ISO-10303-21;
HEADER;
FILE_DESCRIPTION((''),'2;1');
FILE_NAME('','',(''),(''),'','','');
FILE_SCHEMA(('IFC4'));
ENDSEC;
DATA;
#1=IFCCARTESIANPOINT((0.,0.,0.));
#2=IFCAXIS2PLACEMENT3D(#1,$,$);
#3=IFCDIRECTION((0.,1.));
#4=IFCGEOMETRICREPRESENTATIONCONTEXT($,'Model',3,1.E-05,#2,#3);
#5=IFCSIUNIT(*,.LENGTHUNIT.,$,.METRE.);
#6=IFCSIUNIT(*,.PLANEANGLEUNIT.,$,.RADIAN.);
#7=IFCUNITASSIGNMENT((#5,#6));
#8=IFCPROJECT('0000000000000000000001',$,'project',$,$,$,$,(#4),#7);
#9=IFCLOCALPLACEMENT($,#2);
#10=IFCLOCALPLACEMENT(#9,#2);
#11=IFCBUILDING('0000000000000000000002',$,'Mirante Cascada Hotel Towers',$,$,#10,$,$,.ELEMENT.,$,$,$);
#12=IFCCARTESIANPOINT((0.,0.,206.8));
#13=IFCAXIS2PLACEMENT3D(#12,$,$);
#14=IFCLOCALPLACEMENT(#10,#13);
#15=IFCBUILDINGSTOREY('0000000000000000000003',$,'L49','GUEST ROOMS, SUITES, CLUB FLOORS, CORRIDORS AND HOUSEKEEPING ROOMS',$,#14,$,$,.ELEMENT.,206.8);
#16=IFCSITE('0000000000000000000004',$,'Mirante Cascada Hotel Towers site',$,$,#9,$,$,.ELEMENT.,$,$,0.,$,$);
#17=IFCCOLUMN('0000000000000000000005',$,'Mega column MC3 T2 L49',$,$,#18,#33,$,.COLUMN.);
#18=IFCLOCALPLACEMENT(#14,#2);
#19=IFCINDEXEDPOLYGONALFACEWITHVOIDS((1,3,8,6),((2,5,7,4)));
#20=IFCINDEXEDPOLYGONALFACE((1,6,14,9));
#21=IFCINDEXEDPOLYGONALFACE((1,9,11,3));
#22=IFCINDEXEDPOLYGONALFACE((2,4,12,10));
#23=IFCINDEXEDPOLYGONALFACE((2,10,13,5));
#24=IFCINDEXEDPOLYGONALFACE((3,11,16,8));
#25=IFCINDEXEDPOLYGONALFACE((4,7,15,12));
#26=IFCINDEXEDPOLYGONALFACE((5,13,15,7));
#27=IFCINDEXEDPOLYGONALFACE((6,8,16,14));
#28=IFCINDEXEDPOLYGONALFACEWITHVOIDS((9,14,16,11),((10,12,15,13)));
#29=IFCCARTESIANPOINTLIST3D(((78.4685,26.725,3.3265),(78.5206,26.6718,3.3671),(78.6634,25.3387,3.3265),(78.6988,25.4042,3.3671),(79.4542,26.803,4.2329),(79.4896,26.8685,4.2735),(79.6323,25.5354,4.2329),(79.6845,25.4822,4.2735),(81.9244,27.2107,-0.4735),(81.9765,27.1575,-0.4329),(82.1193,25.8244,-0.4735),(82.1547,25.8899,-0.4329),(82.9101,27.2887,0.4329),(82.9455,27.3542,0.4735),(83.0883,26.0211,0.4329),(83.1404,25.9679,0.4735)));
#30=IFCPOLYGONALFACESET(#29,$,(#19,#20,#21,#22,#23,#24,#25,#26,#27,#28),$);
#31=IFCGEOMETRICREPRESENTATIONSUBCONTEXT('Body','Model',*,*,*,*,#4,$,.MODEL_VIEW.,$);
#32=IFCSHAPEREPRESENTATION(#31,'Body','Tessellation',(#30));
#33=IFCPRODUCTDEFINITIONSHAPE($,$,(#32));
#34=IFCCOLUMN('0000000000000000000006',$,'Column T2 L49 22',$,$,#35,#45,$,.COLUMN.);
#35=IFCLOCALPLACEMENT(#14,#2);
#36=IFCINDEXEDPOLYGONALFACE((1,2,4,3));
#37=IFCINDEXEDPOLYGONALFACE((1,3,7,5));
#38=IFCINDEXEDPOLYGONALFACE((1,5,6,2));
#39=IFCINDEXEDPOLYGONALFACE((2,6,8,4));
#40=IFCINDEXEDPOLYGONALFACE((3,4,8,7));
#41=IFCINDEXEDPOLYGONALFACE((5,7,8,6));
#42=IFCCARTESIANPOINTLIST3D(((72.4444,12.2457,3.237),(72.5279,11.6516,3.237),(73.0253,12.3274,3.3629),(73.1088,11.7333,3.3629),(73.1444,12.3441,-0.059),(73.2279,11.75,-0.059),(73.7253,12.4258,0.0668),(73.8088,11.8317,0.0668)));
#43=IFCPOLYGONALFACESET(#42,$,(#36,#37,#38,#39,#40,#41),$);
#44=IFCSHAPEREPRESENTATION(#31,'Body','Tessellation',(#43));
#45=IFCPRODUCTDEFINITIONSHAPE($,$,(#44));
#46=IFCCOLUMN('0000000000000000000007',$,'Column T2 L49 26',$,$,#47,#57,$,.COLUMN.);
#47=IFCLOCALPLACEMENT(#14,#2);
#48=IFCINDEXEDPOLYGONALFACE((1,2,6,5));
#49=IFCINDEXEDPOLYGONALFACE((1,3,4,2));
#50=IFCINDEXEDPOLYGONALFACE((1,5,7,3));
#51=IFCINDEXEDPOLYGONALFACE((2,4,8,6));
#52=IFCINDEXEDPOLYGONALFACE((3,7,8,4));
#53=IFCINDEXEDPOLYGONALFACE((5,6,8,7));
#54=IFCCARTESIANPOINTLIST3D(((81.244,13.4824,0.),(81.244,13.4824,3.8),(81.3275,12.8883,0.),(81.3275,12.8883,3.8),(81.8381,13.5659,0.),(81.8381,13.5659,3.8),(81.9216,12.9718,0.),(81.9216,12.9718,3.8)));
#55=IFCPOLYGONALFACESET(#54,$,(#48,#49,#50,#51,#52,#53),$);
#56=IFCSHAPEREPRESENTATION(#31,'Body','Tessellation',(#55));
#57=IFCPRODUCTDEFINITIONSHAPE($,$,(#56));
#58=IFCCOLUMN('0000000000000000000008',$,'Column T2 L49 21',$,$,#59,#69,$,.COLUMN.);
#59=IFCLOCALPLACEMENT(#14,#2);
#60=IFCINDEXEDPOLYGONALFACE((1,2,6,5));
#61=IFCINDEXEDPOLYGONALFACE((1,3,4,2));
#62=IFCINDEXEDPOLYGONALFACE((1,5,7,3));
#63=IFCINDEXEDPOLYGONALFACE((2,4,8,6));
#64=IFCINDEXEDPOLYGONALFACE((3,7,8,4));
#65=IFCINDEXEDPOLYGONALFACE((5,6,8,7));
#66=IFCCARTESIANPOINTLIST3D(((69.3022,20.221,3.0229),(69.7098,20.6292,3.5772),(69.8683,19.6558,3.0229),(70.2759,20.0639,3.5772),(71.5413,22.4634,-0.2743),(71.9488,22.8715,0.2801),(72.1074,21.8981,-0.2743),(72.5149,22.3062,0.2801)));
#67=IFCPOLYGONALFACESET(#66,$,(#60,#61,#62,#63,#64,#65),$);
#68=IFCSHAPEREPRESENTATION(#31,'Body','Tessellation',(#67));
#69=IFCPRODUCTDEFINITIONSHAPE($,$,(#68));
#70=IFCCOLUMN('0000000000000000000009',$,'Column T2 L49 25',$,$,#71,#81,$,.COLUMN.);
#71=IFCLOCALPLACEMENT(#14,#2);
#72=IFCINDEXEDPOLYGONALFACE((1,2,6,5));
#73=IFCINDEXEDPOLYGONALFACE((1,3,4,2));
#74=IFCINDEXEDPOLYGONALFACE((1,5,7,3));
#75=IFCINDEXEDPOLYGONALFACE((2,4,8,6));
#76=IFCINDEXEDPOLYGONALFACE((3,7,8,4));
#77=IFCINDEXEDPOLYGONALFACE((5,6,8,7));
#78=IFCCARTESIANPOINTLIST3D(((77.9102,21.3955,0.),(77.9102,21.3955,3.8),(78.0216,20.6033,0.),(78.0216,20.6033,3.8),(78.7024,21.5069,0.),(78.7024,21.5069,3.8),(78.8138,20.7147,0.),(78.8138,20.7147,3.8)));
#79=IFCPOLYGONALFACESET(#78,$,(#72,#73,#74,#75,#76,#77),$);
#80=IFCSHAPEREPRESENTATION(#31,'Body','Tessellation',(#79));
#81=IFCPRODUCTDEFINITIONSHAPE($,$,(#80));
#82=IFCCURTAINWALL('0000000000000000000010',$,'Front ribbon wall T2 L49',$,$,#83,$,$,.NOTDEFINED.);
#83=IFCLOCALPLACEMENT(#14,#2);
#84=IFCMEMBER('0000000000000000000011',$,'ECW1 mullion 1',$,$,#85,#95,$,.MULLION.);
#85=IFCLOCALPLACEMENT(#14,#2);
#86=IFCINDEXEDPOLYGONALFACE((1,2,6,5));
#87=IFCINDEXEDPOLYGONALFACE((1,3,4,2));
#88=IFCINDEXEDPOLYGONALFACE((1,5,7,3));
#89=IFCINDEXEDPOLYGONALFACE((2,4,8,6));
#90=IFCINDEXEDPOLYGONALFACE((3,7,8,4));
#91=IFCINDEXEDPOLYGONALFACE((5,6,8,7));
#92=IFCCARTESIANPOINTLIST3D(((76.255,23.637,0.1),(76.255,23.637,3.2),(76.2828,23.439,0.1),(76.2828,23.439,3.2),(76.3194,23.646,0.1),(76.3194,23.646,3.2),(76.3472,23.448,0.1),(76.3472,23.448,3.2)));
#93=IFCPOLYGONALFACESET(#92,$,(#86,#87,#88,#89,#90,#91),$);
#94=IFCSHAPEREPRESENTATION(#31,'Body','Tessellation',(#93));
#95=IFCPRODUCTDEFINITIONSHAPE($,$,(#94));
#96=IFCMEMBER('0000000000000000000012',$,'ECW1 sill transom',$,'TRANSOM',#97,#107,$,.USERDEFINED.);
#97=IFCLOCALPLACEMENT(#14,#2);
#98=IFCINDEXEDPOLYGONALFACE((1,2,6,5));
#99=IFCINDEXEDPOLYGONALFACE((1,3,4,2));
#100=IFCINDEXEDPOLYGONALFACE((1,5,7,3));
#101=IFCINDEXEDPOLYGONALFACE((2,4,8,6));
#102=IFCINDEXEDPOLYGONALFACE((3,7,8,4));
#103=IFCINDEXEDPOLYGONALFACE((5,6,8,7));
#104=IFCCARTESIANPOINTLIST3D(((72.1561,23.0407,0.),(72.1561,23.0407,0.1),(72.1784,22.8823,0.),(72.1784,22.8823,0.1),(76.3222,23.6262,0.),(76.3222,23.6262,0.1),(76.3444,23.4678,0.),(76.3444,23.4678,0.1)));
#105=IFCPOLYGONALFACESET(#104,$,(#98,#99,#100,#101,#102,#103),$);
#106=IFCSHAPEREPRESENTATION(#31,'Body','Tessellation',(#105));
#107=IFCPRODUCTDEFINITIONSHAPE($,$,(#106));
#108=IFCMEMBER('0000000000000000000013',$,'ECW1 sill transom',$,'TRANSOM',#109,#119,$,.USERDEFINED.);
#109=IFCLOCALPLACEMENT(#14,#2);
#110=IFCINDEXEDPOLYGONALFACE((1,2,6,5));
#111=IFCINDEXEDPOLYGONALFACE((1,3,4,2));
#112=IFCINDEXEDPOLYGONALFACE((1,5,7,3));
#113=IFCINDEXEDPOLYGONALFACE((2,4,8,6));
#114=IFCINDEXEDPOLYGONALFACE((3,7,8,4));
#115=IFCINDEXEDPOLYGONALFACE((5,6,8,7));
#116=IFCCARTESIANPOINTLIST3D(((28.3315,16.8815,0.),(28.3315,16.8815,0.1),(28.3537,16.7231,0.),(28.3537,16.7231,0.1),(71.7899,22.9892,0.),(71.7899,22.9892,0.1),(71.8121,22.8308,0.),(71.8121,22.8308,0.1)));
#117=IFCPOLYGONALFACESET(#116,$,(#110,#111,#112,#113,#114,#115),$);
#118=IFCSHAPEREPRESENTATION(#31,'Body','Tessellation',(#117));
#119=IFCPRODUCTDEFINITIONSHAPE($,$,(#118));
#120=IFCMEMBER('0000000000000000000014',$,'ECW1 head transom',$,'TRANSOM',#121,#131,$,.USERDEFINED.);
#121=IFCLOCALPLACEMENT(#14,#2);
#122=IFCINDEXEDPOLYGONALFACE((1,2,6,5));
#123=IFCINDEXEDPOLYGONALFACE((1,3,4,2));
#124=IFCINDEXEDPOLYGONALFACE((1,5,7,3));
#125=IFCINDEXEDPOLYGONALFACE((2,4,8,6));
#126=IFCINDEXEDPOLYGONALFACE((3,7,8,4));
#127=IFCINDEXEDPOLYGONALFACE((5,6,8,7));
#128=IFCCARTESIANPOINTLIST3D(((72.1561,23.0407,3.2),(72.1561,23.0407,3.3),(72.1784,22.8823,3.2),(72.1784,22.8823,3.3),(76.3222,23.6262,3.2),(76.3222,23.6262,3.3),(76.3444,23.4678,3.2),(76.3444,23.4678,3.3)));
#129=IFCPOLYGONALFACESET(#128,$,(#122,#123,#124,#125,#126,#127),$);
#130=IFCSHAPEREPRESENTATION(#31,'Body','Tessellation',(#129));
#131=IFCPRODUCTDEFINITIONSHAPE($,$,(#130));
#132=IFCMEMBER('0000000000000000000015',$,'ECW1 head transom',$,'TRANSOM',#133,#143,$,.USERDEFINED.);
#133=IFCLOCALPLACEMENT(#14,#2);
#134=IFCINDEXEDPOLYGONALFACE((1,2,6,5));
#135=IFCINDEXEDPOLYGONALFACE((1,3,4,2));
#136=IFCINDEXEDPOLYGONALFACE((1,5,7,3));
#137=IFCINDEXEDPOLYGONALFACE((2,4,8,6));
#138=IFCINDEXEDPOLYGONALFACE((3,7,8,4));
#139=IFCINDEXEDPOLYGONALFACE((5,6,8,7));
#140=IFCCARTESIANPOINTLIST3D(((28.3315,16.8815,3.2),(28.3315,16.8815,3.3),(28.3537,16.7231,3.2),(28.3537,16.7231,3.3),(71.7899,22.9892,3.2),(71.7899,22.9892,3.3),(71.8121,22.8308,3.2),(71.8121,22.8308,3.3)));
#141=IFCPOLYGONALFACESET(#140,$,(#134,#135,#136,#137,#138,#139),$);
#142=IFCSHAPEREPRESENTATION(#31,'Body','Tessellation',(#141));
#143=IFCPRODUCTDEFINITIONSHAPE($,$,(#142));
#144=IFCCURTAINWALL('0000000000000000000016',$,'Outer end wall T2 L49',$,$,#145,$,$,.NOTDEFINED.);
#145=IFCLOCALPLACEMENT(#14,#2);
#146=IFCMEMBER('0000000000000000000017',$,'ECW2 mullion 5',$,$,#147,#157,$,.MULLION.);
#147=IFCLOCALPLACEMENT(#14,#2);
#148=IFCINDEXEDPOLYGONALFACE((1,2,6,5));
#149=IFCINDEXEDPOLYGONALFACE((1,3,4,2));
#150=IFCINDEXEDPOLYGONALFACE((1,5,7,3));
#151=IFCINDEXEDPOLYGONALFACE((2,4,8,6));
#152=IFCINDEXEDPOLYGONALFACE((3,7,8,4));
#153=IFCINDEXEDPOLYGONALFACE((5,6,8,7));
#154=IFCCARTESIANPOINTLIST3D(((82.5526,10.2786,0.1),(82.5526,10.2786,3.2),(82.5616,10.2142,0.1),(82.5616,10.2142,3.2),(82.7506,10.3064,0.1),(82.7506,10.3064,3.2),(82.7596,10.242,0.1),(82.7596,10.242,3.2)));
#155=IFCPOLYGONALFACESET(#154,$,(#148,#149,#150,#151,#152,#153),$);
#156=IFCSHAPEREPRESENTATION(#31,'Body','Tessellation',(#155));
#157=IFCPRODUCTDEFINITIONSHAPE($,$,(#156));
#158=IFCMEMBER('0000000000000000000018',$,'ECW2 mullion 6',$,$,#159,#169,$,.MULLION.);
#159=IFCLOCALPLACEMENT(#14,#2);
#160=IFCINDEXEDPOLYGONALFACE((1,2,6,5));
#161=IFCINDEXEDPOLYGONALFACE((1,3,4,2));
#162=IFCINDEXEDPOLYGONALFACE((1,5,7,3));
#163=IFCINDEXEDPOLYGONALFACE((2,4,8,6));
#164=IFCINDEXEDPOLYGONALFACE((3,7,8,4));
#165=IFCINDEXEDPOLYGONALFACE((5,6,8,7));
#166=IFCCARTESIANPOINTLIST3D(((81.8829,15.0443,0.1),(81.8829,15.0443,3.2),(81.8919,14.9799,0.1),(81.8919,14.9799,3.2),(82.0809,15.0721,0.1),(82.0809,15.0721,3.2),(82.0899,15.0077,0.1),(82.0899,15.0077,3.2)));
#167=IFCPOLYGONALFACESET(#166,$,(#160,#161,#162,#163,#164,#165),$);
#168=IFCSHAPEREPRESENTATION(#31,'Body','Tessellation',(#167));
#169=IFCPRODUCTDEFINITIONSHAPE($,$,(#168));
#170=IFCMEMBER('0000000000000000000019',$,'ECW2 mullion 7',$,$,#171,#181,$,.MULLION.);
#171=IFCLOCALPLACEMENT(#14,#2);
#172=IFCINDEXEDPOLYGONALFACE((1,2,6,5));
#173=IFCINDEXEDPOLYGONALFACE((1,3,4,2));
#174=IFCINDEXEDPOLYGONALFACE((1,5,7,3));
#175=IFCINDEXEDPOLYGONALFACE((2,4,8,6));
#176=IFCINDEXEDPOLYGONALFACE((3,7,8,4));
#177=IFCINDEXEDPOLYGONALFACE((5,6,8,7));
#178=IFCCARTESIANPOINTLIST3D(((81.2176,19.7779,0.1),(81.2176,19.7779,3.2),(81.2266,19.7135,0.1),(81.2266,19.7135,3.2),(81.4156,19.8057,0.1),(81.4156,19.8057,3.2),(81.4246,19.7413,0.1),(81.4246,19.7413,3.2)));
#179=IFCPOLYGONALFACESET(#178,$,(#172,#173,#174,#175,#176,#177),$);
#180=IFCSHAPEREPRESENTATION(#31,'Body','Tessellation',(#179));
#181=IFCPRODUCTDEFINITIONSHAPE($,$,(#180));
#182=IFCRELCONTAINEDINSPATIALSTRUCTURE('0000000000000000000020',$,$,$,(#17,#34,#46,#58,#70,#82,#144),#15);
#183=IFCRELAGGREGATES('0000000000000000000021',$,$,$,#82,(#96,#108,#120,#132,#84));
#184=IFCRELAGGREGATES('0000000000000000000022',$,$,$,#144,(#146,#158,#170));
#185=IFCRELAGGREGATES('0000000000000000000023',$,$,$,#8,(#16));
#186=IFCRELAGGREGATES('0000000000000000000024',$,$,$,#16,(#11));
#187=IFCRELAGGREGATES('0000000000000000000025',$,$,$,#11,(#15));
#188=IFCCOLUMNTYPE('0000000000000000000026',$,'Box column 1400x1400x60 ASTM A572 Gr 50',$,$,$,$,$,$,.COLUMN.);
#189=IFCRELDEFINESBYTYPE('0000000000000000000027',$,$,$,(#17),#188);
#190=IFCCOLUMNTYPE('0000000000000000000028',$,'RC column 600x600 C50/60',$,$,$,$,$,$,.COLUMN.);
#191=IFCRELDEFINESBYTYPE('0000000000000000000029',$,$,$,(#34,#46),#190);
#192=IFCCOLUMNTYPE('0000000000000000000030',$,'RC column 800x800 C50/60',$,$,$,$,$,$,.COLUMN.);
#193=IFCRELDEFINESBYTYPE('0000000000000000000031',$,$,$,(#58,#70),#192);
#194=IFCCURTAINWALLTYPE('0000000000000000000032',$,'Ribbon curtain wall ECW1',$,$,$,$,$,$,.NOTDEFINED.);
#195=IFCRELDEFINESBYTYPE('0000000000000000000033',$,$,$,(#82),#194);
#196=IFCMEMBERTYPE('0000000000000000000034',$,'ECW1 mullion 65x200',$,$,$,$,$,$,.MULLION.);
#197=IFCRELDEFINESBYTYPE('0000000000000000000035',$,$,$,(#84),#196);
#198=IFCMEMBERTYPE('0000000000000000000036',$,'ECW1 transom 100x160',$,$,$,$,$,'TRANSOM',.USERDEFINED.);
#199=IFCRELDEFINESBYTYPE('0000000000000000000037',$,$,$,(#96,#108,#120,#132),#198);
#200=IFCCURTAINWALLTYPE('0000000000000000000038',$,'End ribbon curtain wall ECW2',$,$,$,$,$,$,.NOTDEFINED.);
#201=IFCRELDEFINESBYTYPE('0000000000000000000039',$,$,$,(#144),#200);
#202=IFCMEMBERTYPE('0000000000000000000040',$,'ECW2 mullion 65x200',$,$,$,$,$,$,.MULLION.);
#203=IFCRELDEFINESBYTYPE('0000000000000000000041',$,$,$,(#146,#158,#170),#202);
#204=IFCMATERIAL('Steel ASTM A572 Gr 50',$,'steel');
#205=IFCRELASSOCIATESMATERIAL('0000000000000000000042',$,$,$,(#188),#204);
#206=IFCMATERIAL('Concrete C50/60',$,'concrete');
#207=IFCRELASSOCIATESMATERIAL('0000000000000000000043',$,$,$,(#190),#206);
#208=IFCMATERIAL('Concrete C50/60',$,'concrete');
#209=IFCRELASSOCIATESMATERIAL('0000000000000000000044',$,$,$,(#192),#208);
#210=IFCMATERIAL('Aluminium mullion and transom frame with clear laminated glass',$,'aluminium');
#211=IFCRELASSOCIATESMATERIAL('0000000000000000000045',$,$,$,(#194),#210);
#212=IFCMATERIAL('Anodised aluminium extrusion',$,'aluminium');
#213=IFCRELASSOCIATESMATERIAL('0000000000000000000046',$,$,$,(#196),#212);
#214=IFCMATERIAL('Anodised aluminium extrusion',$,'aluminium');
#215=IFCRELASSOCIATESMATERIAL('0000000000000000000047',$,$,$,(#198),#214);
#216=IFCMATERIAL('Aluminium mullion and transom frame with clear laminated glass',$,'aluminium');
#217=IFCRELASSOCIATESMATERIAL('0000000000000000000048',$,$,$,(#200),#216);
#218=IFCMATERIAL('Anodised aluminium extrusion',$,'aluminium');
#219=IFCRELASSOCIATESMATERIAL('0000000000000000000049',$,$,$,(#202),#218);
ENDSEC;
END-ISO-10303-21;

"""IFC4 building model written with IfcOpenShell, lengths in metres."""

from ifc_helpers import new_model, si_unit, direction, frame, origin, origin_2d, place, context, subcontext, project, spatial, rectangle, hollow_rectangle, extrude, material, material_profile, profile_set, type_object, element, aggregate, save


model = new_model("IFC4")

# Units and contexts
model_context = context("Model", 3, precision=1e-05, world=origin(), true_north=direction((0.0, 1.0)))
body_context = subcontext(model_context, "Body", "Model", "MODEL_VIEW")
ifc_project = project(units=[si_unit("LENGTHUNIT", "METRE"), si_unit("PLANEANGLEUNIT", "RADIAN")], contexts=[model_context])

# Site, building, storey
site_placement = place(None, origin())
site = spatial("IfcSite", under=ifc_project, at=site_placement, Name="Mirante Cascada Hotel Towers site", CompositionType="ELEMENT", RefElevation=0.0)
building_placement = place(site_placement, origin())
building = spatial("IfcBuilding", under=site, at=building_placement, Name="Mirante Cascada Hotel Towers", CompositionType="ELEMENT")
storey_placement = place(building_placement, frame((0.0, 0.0, 206.8)))
storey = spatial("IfcBuildingStorey", under=building, at=storey_placement, Name="L49", Description="GUEST ROOMS, SUITES, CLUB FLOORS, CORRIDORS AND HOUSEKEEPING ROOMS", CompositionType="ELEMENT", Elevation=206.8)

# Columns
ifc_material_1 = material(Name="Steel ASTM A572 Gr 50", Category="steel")
ifc_material_profile_1 = material_profile(ifc_material_1, hollow_rectangle(XDim=1.4, YDim=1.4, WallThickness=0.06, at=origin_2d()), Name="Box column 1400x1400x60 ASTM A572 Gr 50")
ifc_profile_set_1 = profile_set([ifc_material_profile_1], Name="Steel ASTM A572 Gr 50")
column_type_1 = type_object("IfcColumnType", Name="Box column 1400x1400x60 ASTM A572 Gr 50", PredefinedType="COLUMN", material=ifc_profile_set_1)
column_1_placement = place(storey_placement, frame((82.5324, 26.5893, 0.0), z_axis=(-0.669829, -0.094139, 0.736523), x_axis=(0.139175, -0.990268, 0.0)))
element("IfcColumn", 1, at=column_1_placement, inside=storey, type_object=column_type_1, Name="Mega column MC3 T2 L49", PredefinedType="COLUMN", context=body_context, shape_type="SweptSolid", body=[
    extrude(hollow_rectangle(XDim=1.4, YDim=1.4, WallThickness=0.06, at=origin_2d()), origin(), (0.0, 0.0, 1.0), 5.1594),
])
ifc_material_2 = material(Name="Concrete C50/60", Category="concrete")
ifc_material_profile_2 = material_profile(ifc_material_2, rectangle(XDim=0.6, YDim=0.6, at=origin_2d()), Name="RC column 600x600 C50/60")
ifc_profile_set_2 = profile_set([ifc_material_profile_2], Name="Concrete C50/60")
column_type_2 = type_object("IfcColumnType", Name="RC column 600x600 C50/60", PredefinedType="COLUMN", material=ifc_profile_set_2)
column_2_placement = place(storey_placement, frame((73.4766, 12.0879, 0.0039), z_axis=(-0.207651, -0.02919, 0.977767), x_axis=(0.139203, -0.990264, 0.0)))
element("IfcColumn", 2, at=column_2_placement, inside=storey, type_object=column_type_2, Name="Column T2 L49 22", PredefinedType="COLUMN", context=body_context, shape_type="SweptSolid", body=[
    extrude(rectangle(XDim=0.6, YDim=0.6, at=origin_2d()), origin(), (0.0, 0.0, 1.0), 3.371),
])
column_3_placement = place(storey_placement, frame((81.5828, 13.2271, 0.0), z_axis=(0.0, 0.0, 1.0), x_axis=(0.990268, 0.139173, 0.0)))
element("IfcColumn", 3, at=column_3_placement, inside=storey, type_object=column_type_2, Name="Column T2 L49 26", PredefinedType="COLUMN", context=body_context, shape_type="SweptSolid", body=[
    extrude(rectangle(XDim=0.6, YDim=0.6, at=origin_2d()), origin(), (0.0, 0.0, 1.0), 3.8),
])
ifc_material_3 = material(Name="Concrete C50/60", Category="concrete")
ifc_material_profile_3 = material_profile(ifc_material_3, rectangle(XDim=0.8, YDim=0.8, at=origin_2d()), Name="RC column 800x800 C50/60")
ifc_profile_set_3 = profile_set([ifc_material_profile_3], Name="Concrete C50/60")
column_type_3 = type_object("IfcColumnType", Name="RC column 800x800 C50/60", PredefinedType="COLUMN", material=ifc_profile_set_3)
column_4_placement = place(storey_placement, frame((72.0281, 22.3848, 0.0029), z_axis=(-0.489618, -0.49034, 0.721), x_axis=(0.707627, -0.706586, 0.0)))
element("IfcColumn", 4, at=column_4_placement, inside=storey, type_object=column_type_3, Name="Column T2 L49 21", PredefinedType="COLUMN", context=body_context, shape_type="SweptSolid", body=[
    extrude(rectangle(XDim=0.8, YDim=0.8, at=origin_2d()), origin(), (0.0, 0.0, 1.0), 4.573),
])
column_5_placement = place(storey_placement, frame((78.362, 21.0551, 0.0), z_axis=(0.0, 0.0, 1.0), x_axis=(0.990268, 0.139173, 0.0)))
element("IfcColumn", 5, at=column_5_placement, inside=storey, type_object=column_type_3, Name="Column T2 L49 25", PredefinedType="COLUMN", context=body_context, shape_type="SweptSolid", body=[
    extrude(rectangle(XDim=0.8, YDim=0.8, at=origin_2d()), origin(), (0.0, 0.0, 1.0), 3.8),
])

# Curtain walls, members
ifc_material_4 = material(Name="Aluminium mullion and transom frame with clear laminated glass", Category="aluminium")
curtain_wall_type_1 = type_object("IfcCurtainWallType", Name="Ribbon curtain wall ECW1", PredefinedType="NOTDEFINED", material=ifc_material_4)
curtain_wall_1_placement = place(storey_placement, origin())
curtain_wall_1 = element("IfcCurtainWall", 6, at=curtain_wall_1_placement, inside=storey, type_object=curtain_wall_type_1, Name="Front ribbon wall T2 L49", PredefinedType="NOTDEFINED")
ifc_material_5 = material(Name="Anodised aluminium extrusion", Category="aluminium")
ifc_material_profile_4 = material_profile(ifc_material_5, rectangle(XDim=0.2, YDim=0.065, at=origin_2d()), Name="ECW1 MULLION 65x200")
ifc_profile_set_4 = profile_set([ifc_material_profile_4], Name="Anodised aluminium extrusion")
member_type_1 = type_object("IfcMemberType", Name="ECW1 mullion 65x200", PredefinedType="MULLION", material=ifc_profile_set_4)
member_1_placement = place(storey_placement, frame((76.3011, 23.5425, 0.1), z_axis=(0.0, 0.0, 1.0), x_axis=(0.139173, -0.990268, 0.0)))
member_1 = element("IfcMember", 7, at=member_1_placement, type_object=member_type_1, Name="ECW1 mullion 1", PredefinedType="MULLION", context=body_context, shape_type="SweptSolid", body=[
    extrude(rectangle(XDim=0.2, YDim=0.065, at=origin_2d()), origin(), (0.0, 0.0, 1.0), 3.1),
])
ifc_material_6 = material(Name="Anodised aluminium extrusion", Category="aluminium")
ifc_material_profile_5 = material_profile(ifc_material_6, rectangle(XDim=0.16, YDim=0.1, at=origin_2d()), Name="ECW1 TRANSOM 100x160")
ifc_profile_set_5 = profile_set([ifc_material_profile_5], Name="Anodised aluminium extrusion")
member_type_2 = type_object("IfcMemberType", Name="ECW1 transom 100x160", ElementType="TRANSOM", PredefinedType="USERDEFINED", material=ifc_profile_set_5)
member_2_placement = place(storey_placement, frame((76.3333, 23.547, 0.05), z_axis=(-0.990268, -0.139171, 0.0), x_axis=(0.139171, -0.990268, 0.0)))
member_2 = element("IfcMember", 8, at=member_2_placement, type_object=member_type_2, Name="ECW1 sill transom", ObjectType="TRANSOM", PredefinedType="USERDEFINED", context=body_context, shape_type="SweptSolid", body=[
    extrude(rectangle(XDim=0.16, YDim=0.1, at=origin_2d()), origin(), (0.0, 0.0, 1.0), 4.207),
])
member_3_placement = place(storey_placement, frame((71.801, 22.91, 0.05), z_axis=(-0.990268, -0.139174, 0.0), x_axis=(0.139174, -0.990268, 0.0)))
member_3 = element("IfcMember", 9, at=member_3_placement, type_object=member_type_2, Name="ECW1 sill transom", ObjectType="TRANSOM", PredefinedType="USERDEFINED", context=body_context, shape_type="SweptSolid", body=[
    extrude(rectangle(XDim=0.16, YDim=0.1, at=origin_2d()), origin(), (0.0, 0.0, 1.0), 43.8855),
])
member_4_placement = place(storey_placement, frame((76.3333, 23.547, 3.25), z_axis=(-0.990268, -0.139171, 0.0), x_axis=(0.139171, -0.990268, 0.0)))
member_4 = element("IfcMember", 10, at=member_4_placement, type_object=member_type_2, Name="ECW1 head transom", ObjectType="TRANSOM", PredefinedType="USERDEFINED", context=body_context, shape_type="SweptSolid", body=[
    extrude(rectangle(XDim=0.16, YDim=0.1, at=origin_2d()), origin(), (0.0, 0.0, 1.0), 4.207),
])
member_5_placement = place(storey_placement, frame((71.801, 22.91, 3.25), z_axis=(-0.990268, -0.139174, 0.0), x_axis=(0.139174, -0.990268, 0.0)))
member_5 = element("IfcMember", 11, at=member_5_placement, type_object=member_type_2, Name="ECW1 head transom", ObjectType="TRANSOM", PredefinedType="USERDEFINED", context=body_context, shape_type="SweptSolid", body=[
    extrude(rectangle(XDim=0.16, YDim=0.1, at=origin_2d()), origin(), (0.0, 0.0, 1.0), 43.8855),
])
ifc_material_7 = material(Name="Aluminium mullion and transom frame with clear laminated glass", Category="aluminium")
curtain_wall_type_2 = type_object("IfcCurtainWallType", Name="End ribbon curtain wall ECW2", PredefinedType="NOTDEFINED", material=ifc_material_7)
curtain_wall_2_placement = place(storey_placement, origin())
curtain_wall_2 = element("IfcCurtainWall", 12, at=curtain_wall_2_placement, inside=storey, type_object=curtain_wall_type_2, Name="Outer end wall T2 L49", PredefinedType="NOTDEFINED")
ifc_material_8 = material(Name="Anodised aluminium extrusion", Category="aluminium")
ifc_material_profile_6 = material_profile(ifc_material_8, rectangle(XDim=0.2, YDim=0.065, at=origin_2d()), Name="ECW2 MULLION 65x200")
ifc_profile_set_6 = profile_set([ifc_material_profile_6], Name="Anodised aluminium extrusion")
member_type_3 = type_object("IfcMemberType", Name="ECW2 mullion 65x200", PredefinedType="MULLION", material=ifc_profile_set_6)
member_6_placement = place(storey_placement, frame((82.6561, 10.2603, 0.1), z_axis=(0.0, 0.0, 1.0), x_axis=(-0.990268, -0.139173, 0.0)))
member_6 = element("IfcMember", 13, at=member_6_placement, type_object=member_type_3, Name="ECW2 mullion 5", PredefinedType="MULLION", context=body_context, shape_type="SweptSolid", body=[
    extrude(rectangle(XDim=0.2, YDim=0.065, at=origin_2d()), origin(), (0.0, 0.0, 1.0), 3.1),
])
member_7_placement = place(storey_placement, frame((81.9864, 15.026, 0.1), z_axis=(0.0, 0.0, 1.0), x_axis=(-0.990268, -0.139173, 0.0)))
member_7 = element("IfcMember", 14, at=member_7_placement, type_object=member_type_3, Name="ECW2 mullion 6", PredefinedType="MULLION", context=body_context, shape_type="SweptSolid", body=[
    extrude(rectangle(XDim=0.2, YDim=0.065, at=origin_2d()), origin(), (0.0, 0.0, 1.0), 3.1),
])
member_8_placement = place(storey_placement, frame((81.3211, 19.7596, 0.1), z_axis=(0.0, 0.0, 1.0), x_axis=(-0.990268, -0.139173, 0.0)))
member_8 = element("IfcMember", 15, at=member_8_placement, type_object=member_type_3, Name="ECW2 mullion 7", PredefinedType="MULLION", context=body_context, shape_type="SweptSolid", body=[
    extrude(rectangle(XDim=0.2, YDim=0.065, at=origin_2d()), origin(), (0.0, 0.0, 1.0), 3.1),
])

aggregate(curtain_wall_1, [member_2, member_3, member_4, member_5, member_1])
aggregate(curtain_wall_2, [member_6, member_7, member_8])

save(model, "model.ifc")
